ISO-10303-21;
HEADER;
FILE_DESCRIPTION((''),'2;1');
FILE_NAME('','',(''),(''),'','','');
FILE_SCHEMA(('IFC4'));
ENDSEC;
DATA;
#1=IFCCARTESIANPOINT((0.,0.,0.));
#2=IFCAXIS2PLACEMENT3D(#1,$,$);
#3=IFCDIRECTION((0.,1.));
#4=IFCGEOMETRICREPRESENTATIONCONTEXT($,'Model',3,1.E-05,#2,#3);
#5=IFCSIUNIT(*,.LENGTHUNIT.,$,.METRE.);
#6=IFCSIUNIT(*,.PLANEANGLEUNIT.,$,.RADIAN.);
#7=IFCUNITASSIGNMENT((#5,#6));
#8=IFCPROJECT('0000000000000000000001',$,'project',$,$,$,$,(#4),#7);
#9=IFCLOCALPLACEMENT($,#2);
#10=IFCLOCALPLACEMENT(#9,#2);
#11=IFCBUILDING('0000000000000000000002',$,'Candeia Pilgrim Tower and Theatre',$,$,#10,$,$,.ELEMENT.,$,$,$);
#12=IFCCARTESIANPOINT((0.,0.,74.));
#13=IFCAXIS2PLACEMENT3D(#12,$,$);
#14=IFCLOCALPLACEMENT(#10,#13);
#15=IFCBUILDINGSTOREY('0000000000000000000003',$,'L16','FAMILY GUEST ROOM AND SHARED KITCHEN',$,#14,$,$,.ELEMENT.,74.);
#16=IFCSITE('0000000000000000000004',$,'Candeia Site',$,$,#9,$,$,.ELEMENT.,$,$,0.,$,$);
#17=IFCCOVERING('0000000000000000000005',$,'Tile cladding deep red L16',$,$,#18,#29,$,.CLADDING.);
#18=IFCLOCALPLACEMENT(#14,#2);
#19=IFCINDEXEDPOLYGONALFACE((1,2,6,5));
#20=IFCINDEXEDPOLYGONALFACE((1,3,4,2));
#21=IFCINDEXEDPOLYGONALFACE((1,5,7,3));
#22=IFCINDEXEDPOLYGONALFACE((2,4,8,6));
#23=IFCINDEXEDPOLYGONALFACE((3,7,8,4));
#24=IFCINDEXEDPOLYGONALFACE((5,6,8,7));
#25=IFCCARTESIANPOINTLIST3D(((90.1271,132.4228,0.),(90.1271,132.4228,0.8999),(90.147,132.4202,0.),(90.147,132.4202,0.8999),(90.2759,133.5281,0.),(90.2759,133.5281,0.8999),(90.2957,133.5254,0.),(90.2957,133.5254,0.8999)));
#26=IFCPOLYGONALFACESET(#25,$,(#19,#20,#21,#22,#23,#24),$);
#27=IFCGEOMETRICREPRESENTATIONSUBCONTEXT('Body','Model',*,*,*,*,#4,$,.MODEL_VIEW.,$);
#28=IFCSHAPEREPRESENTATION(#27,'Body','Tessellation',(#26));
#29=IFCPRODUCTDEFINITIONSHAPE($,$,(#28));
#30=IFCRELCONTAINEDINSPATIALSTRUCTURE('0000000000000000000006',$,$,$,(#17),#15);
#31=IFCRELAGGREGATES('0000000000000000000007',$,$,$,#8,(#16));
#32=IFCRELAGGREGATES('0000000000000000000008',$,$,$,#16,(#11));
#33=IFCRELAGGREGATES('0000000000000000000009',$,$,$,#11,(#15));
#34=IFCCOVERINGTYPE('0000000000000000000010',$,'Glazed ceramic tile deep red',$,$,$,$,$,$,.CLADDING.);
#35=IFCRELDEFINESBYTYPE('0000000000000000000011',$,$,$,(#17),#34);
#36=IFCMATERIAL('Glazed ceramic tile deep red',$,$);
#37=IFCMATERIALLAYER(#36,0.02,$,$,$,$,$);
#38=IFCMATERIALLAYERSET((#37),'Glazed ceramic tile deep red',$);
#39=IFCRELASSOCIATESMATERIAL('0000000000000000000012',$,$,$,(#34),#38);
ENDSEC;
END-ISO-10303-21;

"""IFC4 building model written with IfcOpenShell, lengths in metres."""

from ifc_helpers import new_model, si_unit, direction, frame, origin, origin_2d, place, context, subcontext, project, spatial, rectangle, extrude, material, layer, layer_set, type_object, element, save


model = new_model("IFC4")

# Units and contexts
model_context = context("Model", 3, precision=1e-05, world=origin(), true_north=direction((0.0, 1.0)))
body_context = subcontext(model_context, "Body", "Model", "MODEL_VIEW")
ifc_project = project(units=[si_unit("LENGTHUNIT", "METRE"), si_unit("PLANEANGLEUNIT", "RADIAN")], contexts=[model_context])

# Site, building, storey
site_placement = place(None, origin())
site = spatial("IfcSite", under=ifc_project, at=site_placement, Name="Candeia Site", CompositionType="ELEMENT", RefElevation=0.0)
building_placement = place(site_placement, origin())
building = spatial("IfcBuilding", under=site, at=building_placement, Name="Candeia Pilgrim Tower and Theatre", CompositionType="ELEMENT")
storey_placement = place(building_placement, frame((0.0, 0.0, 74.0)))
storey = spatial("IfcBuildingStorey", under=building, at=storey_placement, Name="L16", Description="FAMILY GUEST ROOM AND SHARED KITCHEN", CompositionType="ELEMENT", Elevation=74.0)

# Covering
ifc_material_1 = material(Name="Glazed ceramic tile deep red")
ifc_layer_1 = layer(ifc_material_1, 0.02)
ifc_layer_set_1 = layer_set([ifc_layer_1], Name="Glazed ceramic tile deep red")
covering_type = type_object("IfcCoveringType", Name="Glazed ceramic tile deep red", PredefinedType="CLADDING", material=ifc_layer_set_1)
covering_1_placement = place(storey_placement, frame((90.2114, 132.9741, 0.0), z_axis=(0.0, 0.0, 1.0), x_axis=(-0.133412, -0.991061, 0.0)))
element("IfcCovering", 1, at=covering_1_placement, inside=storey, type_object=covering_type, Name="Tile cladding deep red L16", PredefinedType="CLADDING", context=body_context, shape_type="SweptSolid", body=[
    extrude(rectangle(XDim=1.1152, YDim=0.02, at=origin_2d()), origin(), (0.0, 0.0, 1.0), 0.8999),
])

save(model, "model.ifc")
